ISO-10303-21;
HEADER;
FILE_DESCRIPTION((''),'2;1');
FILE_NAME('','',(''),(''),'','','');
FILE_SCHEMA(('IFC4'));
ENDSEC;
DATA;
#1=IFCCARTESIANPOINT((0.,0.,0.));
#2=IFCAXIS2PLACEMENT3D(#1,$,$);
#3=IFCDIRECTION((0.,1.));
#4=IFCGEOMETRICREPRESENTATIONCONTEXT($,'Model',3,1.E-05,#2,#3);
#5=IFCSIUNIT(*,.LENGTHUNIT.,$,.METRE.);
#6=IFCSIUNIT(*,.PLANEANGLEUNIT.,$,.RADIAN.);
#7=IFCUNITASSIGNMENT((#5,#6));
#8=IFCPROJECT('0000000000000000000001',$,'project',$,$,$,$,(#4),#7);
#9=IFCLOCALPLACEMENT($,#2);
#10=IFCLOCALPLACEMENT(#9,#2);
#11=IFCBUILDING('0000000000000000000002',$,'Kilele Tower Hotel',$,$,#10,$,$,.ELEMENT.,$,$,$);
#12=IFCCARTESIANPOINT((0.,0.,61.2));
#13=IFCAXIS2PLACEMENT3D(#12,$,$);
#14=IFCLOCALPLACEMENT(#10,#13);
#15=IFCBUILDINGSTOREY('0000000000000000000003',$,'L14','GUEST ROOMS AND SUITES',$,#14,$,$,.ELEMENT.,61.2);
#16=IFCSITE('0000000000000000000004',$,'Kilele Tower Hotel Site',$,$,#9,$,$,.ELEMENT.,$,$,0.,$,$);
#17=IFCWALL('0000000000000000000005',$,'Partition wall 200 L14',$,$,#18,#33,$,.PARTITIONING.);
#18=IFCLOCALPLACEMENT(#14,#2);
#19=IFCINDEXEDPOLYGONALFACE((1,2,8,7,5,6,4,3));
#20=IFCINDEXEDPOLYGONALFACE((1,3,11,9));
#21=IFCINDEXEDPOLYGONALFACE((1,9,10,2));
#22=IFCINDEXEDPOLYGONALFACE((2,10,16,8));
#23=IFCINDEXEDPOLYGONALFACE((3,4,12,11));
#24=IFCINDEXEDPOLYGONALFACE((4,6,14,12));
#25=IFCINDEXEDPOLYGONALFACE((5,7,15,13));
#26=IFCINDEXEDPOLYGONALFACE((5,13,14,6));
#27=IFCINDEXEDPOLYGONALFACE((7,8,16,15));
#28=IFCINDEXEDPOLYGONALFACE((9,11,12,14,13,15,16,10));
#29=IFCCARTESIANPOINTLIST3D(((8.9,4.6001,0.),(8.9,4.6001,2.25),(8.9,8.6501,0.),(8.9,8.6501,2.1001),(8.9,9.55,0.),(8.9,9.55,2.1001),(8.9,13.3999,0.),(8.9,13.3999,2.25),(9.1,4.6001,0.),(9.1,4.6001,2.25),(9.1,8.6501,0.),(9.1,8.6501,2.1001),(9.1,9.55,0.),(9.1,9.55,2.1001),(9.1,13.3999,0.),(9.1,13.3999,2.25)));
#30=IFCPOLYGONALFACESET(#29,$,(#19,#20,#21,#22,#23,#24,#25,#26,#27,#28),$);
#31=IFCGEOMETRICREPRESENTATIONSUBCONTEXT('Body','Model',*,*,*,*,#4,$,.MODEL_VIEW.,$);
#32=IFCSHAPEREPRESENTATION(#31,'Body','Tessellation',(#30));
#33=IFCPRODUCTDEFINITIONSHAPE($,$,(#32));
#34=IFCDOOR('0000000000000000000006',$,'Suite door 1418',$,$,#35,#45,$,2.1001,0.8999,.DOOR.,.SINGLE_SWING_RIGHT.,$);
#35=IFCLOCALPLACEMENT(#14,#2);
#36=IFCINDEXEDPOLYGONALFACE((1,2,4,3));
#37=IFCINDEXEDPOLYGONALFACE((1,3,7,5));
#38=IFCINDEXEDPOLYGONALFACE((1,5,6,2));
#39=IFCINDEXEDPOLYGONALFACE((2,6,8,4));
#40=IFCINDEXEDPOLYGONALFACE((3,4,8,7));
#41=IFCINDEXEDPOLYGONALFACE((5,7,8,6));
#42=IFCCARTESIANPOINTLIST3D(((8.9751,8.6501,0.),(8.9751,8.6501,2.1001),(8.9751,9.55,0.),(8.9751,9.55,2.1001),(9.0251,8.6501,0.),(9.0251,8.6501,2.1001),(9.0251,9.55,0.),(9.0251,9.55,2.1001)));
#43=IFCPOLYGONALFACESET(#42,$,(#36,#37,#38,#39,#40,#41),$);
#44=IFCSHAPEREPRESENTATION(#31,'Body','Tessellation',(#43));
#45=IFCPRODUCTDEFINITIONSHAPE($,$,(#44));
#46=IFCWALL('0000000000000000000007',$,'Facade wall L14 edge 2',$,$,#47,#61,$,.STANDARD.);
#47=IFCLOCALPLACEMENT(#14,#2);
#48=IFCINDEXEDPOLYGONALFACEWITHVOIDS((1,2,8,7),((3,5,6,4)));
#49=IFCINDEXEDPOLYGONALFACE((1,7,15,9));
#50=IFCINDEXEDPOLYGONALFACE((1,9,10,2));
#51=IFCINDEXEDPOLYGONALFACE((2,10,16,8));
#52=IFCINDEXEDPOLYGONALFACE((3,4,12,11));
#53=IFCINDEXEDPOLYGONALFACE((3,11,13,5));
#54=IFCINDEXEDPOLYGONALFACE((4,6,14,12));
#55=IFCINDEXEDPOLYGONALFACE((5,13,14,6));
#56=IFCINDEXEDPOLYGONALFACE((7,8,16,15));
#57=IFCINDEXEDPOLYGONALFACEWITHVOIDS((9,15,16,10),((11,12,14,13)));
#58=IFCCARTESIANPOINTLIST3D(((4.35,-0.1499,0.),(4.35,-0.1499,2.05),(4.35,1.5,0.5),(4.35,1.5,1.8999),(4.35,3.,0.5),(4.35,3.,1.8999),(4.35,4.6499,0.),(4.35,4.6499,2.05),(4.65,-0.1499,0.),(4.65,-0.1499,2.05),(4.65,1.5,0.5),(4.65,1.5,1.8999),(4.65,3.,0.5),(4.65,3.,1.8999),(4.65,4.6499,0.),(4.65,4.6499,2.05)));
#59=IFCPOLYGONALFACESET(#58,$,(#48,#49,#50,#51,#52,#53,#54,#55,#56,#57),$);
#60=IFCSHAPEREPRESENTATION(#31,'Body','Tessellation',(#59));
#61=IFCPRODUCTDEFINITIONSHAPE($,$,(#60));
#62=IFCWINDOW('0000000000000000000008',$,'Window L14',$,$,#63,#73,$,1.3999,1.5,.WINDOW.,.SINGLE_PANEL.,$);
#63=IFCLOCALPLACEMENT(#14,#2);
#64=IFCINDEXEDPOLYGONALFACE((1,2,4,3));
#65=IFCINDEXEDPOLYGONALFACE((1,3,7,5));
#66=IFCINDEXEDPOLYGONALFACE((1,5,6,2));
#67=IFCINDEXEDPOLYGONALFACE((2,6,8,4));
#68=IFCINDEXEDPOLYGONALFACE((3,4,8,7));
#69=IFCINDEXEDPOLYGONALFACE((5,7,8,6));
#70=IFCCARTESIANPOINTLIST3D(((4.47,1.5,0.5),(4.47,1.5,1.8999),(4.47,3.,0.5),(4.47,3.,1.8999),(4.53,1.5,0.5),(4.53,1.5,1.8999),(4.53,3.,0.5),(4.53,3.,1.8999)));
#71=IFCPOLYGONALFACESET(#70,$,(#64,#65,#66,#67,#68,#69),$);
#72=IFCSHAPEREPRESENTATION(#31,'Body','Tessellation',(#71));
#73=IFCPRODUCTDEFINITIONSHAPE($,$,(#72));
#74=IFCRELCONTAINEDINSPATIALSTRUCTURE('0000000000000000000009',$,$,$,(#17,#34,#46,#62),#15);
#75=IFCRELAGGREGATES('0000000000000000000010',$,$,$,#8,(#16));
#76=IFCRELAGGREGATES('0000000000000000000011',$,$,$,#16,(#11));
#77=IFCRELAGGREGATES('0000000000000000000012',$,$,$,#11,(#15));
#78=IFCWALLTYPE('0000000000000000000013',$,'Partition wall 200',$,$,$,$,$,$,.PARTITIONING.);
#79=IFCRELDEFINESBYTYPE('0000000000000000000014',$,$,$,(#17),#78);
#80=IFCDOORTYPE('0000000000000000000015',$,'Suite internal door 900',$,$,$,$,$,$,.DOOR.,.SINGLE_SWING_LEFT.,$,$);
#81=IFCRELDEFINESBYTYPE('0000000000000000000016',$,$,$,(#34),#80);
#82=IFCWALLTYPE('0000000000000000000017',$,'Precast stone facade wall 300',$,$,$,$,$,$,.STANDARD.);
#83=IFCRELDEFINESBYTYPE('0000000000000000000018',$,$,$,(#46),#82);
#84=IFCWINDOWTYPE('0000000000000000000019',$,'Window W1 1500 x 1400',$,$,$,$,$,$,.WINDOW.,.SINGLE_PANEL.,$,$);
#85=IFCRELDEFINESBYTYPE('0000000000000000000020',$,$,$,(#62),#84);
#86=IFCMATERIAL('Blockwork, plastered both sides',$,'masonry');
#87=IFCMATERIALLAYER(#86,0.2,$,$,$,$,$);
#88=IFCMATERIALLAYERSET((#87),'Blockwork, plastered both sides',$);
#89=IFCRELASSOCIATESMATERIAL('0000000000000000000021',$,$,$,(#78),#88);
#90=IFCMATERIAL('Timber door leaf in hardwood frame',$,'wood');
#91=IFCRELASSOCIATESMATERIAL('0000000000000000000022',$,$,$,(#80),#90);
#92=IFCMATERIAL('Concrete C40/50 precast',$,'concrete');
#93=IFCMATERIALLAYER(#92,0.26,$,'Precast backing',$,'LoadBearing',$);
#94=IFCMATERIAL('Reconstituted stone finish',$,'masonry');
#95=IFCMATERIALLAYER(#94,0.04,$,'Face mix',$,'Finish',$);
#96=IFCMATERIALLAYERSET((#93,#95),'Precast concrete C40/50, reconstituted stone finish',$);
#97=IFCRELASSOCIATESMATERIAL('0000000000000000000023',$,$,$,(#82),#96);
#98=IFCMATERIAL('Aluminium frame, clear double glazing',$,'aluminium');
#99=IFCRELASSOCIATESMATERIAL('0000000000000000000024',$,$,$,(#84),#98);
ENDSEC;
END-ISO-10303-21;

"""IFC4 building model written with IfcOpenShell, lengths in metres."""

from ifc_helpers import new_model, si_unit, direction, frame, frame_2d, origin, place, context, subcontext, project, spatial, rectangle, extrude, material, layer, layer_set, type_object, element, fill, save


model = new_model("IFC4")

# Units and contexts
model_context = context("Model", 3, precision=1e-05, world=origin(), true_north=direction((0.0, 1.0)))
body_context = subcontext(model_context, "Body", "Model", "MODEL_VIEW")
ifc_project = project(units=[si_unit("LENGTHUNIT", "METRE"), si_unit("PLANEANGLEUNIT", "RADIAN")], contexts=[model_context])

# Site, building, storey
site_placement = place(None, origin())
site = spatial("IfcSite", under=ifc_project, at=site_placement, Name="Kilele Tower Hotel Site", CompositionType="ELEMENT", RefElevation=0.0)
building_placement = place(site_placement, origin())
building = spatial("IfcBuilding", under=site, at=building_placement, Name="Kilele Tower Hotel", CompositionType="ELEMENT")
storey_placement = place(building_placement, frame((0.0, 0.0, 61.2)))
storey = spatial("IfcBuildingStorey", under=building, at=storey_placement, Name="L14", Description="GUEST ROOMS AND SUITES", CompositionType="ELEMENT", Elevation=61.2)

# Wall, opening, door
ifc_material_1 = material(Name="Blockwork, plastered both sides", Category="masonry")
ifc_layer_1 = layer(ifc_material_1, 0.2)
ifc_layer_set_1 = layer_set([ifc_layer_1], Name="Blockwork, plastered both sides")
wall_type_1 = type_object("IfcWallType", Name="Partition wall 200", PredefinedType="PARTITIONING", material=ifc_layer_set_1)
wall_1_placement = place(storey_placement, frame((9.0, 4.6001, 0.0), z_axis=(0.0, 0.0, 1.0), x_axis=(0.0, 1.0, 0.0)))
wall_1 = element("IfcWall", 1, at=wall_1_placement, inside=storey, type_object=wall_type_1, Name="Partition wall 200 L14", PredefinedType="PARTITIONING", context=body_context, shape_type="SweptSolid", body=[
    extrude(rectangle(XDim=8.7998, YDim=0.2, at=frame_2d((4.3999, 0.0))), origin(), (0.0, 0.0, 1.0), 2.25),
])
opening_1_placement = place(wall_1_placement, frame((4.05, 0.0, 0.0)))
opening_1 = element("IfcOpeningElement", 2, at=opening_1_placement, cuts=wall_1, PredefinedType="OPENING", context=body_context, shape_type="SweptSolid", body=[
    extrude(rectangle(XDim=0.8999, YDim=2.1001, at=frame_2d((0.45, 1.05))), frame((0.0, 0.1099, 0.0), z_axis=(0.0, -1.0, 0.0), x_axis=(1.0, 0.0, 0.0)), (0.0, 0.0, 1.0), 0.22),
])
ifc_material_2 = material(Name="Timber door leaf in hardwood frame", Category="wood")
door_type = type_object("IfcDoorType", Name="Suite internal door 900", OperationType="SINGLE_SWING_LEFT", PredefinedType="DOOR", material=ifc_material_2)
door_placement = place(opening_1_placement, origin())
door = element("IfcDoor", 3, at=door_placement, inside=storey, type_object=door_type, Name="Suite door 1418", OperationType="SINGLE_SWING_RIGHT", OverallHeight=2.1001, OverallWidth=0.8999, PredefinedType="DOOR", context=body_context, shape_type="SweptSolid", body=[
    extrude(rectangle(XDim=0.8999, YDim=2.1001, at=frame_2d((0.45, 1.05))), frame((0.0, 0.0249, 0.0), z_axis=(0.0, -1.0, 0.0), x_axis=(1.0, 0.0, 0.0)), (0.0, 0.0, 1.0), 0.05),
])
fill(opening_1, door)

# Wall, opening, window
ifc_material_3 = material(Name="Concrete C40/50 precast", Category="concrete")
ifc_layer_2 = layer(ifc_material_3, 0.26, Name="Precast backing", Category="LoadBearing")
ifc_material_4 = material(Name="Reconstituted stone finish", Category="masonry")
ifc_layer_3 = layer(ifc_material_4, 0.04, Name="Face mix", Category="Finish")
ifc_layer_set_2 = layer_set([ifc_layer_2, ifc_layer_3], Name="Precast concrete C40/50, reconstituted stone finish")
wall_type_2 = type_object("IfcWallType", Name="Precast stone facade wall 300", PredefinedType="STANDARD", material=ifc_layer_set_2)
wall_2_placement = place(storey_placement, frame((4.5, 4.6499, 0.0), z_axis=(0.0, 0.0, 1.0), x_axis=(0.0, -1.0, 0.0)))
wall_2 = element("IfcWall", 4, at=wall_2_placement, inside=storey, type_object=wall_type_2, Name="Facade wall L14 edge 2", PredefinedType="STANDARD", context=body_context, shape_type="SweptSolid", body=[
    extrude(rectangle(XDim=4.7998, YDim=0.3, at=frame_2d((2.3999, 0.0))), origin(), (0.0, 0.0, 1.0), 2.05),
])
opening_2_placement = place(wall_2_placement, frame((1.6499, 0.0, 0.5)))
opening_2 = element("IfcOpeningElement", 5, at=opening_2_placement, cuts=wall_2, PredefinedType="OPENING", context=body_context, shape_type="SweptSolid", body=[
    extrude(rectangle(XDim=1.5, YDim=1.3999, at=frame_2d((0.75, 0.7))), frame((0.0, 0.1599, 0.0), z_axis=(0.0, -1.0, 0.0), x_axis=(1.0, 0.0, 0.0)), (0.0, 0.0, 1.0), 0.3201),
])
ifc_material_5 = material(Name="Aluminium frame, clear double glazing", Category="aluminium")
window_type = type_object("IfcWindowType", Name="Window W1 1500 x 1400", PartitioningType="SINGLE_PANEL", PredefinedType="WINDOW", material=ifc_material_5)
window_placement = place(opening_2_placement, origin())
window = element("IfcWindow", 6, at=window_placement, inside=storey, type_object=window_type, Name="Window L14", OverallHeight=1.3999, OverallWidth=1.5, PartitioningType="SINGLE_PANEL", PredefinedType="WINDOW", context=body_context, shape_type="SweptSolid", body=[
    extrude(rectangle(XDim=1.5, YDim=1.3999, at=frame_2d((0.75, 0.7))), frame((0.0, 0.03, 0.0), z_axis=(0.0, -1.0, 0.0), x_axis=(1.0, 0.0, 0.0)), (0.0, 0.0, 1.0), 0.0601),
])
fill(opening_2, window)

save(model, "model.ifc")
